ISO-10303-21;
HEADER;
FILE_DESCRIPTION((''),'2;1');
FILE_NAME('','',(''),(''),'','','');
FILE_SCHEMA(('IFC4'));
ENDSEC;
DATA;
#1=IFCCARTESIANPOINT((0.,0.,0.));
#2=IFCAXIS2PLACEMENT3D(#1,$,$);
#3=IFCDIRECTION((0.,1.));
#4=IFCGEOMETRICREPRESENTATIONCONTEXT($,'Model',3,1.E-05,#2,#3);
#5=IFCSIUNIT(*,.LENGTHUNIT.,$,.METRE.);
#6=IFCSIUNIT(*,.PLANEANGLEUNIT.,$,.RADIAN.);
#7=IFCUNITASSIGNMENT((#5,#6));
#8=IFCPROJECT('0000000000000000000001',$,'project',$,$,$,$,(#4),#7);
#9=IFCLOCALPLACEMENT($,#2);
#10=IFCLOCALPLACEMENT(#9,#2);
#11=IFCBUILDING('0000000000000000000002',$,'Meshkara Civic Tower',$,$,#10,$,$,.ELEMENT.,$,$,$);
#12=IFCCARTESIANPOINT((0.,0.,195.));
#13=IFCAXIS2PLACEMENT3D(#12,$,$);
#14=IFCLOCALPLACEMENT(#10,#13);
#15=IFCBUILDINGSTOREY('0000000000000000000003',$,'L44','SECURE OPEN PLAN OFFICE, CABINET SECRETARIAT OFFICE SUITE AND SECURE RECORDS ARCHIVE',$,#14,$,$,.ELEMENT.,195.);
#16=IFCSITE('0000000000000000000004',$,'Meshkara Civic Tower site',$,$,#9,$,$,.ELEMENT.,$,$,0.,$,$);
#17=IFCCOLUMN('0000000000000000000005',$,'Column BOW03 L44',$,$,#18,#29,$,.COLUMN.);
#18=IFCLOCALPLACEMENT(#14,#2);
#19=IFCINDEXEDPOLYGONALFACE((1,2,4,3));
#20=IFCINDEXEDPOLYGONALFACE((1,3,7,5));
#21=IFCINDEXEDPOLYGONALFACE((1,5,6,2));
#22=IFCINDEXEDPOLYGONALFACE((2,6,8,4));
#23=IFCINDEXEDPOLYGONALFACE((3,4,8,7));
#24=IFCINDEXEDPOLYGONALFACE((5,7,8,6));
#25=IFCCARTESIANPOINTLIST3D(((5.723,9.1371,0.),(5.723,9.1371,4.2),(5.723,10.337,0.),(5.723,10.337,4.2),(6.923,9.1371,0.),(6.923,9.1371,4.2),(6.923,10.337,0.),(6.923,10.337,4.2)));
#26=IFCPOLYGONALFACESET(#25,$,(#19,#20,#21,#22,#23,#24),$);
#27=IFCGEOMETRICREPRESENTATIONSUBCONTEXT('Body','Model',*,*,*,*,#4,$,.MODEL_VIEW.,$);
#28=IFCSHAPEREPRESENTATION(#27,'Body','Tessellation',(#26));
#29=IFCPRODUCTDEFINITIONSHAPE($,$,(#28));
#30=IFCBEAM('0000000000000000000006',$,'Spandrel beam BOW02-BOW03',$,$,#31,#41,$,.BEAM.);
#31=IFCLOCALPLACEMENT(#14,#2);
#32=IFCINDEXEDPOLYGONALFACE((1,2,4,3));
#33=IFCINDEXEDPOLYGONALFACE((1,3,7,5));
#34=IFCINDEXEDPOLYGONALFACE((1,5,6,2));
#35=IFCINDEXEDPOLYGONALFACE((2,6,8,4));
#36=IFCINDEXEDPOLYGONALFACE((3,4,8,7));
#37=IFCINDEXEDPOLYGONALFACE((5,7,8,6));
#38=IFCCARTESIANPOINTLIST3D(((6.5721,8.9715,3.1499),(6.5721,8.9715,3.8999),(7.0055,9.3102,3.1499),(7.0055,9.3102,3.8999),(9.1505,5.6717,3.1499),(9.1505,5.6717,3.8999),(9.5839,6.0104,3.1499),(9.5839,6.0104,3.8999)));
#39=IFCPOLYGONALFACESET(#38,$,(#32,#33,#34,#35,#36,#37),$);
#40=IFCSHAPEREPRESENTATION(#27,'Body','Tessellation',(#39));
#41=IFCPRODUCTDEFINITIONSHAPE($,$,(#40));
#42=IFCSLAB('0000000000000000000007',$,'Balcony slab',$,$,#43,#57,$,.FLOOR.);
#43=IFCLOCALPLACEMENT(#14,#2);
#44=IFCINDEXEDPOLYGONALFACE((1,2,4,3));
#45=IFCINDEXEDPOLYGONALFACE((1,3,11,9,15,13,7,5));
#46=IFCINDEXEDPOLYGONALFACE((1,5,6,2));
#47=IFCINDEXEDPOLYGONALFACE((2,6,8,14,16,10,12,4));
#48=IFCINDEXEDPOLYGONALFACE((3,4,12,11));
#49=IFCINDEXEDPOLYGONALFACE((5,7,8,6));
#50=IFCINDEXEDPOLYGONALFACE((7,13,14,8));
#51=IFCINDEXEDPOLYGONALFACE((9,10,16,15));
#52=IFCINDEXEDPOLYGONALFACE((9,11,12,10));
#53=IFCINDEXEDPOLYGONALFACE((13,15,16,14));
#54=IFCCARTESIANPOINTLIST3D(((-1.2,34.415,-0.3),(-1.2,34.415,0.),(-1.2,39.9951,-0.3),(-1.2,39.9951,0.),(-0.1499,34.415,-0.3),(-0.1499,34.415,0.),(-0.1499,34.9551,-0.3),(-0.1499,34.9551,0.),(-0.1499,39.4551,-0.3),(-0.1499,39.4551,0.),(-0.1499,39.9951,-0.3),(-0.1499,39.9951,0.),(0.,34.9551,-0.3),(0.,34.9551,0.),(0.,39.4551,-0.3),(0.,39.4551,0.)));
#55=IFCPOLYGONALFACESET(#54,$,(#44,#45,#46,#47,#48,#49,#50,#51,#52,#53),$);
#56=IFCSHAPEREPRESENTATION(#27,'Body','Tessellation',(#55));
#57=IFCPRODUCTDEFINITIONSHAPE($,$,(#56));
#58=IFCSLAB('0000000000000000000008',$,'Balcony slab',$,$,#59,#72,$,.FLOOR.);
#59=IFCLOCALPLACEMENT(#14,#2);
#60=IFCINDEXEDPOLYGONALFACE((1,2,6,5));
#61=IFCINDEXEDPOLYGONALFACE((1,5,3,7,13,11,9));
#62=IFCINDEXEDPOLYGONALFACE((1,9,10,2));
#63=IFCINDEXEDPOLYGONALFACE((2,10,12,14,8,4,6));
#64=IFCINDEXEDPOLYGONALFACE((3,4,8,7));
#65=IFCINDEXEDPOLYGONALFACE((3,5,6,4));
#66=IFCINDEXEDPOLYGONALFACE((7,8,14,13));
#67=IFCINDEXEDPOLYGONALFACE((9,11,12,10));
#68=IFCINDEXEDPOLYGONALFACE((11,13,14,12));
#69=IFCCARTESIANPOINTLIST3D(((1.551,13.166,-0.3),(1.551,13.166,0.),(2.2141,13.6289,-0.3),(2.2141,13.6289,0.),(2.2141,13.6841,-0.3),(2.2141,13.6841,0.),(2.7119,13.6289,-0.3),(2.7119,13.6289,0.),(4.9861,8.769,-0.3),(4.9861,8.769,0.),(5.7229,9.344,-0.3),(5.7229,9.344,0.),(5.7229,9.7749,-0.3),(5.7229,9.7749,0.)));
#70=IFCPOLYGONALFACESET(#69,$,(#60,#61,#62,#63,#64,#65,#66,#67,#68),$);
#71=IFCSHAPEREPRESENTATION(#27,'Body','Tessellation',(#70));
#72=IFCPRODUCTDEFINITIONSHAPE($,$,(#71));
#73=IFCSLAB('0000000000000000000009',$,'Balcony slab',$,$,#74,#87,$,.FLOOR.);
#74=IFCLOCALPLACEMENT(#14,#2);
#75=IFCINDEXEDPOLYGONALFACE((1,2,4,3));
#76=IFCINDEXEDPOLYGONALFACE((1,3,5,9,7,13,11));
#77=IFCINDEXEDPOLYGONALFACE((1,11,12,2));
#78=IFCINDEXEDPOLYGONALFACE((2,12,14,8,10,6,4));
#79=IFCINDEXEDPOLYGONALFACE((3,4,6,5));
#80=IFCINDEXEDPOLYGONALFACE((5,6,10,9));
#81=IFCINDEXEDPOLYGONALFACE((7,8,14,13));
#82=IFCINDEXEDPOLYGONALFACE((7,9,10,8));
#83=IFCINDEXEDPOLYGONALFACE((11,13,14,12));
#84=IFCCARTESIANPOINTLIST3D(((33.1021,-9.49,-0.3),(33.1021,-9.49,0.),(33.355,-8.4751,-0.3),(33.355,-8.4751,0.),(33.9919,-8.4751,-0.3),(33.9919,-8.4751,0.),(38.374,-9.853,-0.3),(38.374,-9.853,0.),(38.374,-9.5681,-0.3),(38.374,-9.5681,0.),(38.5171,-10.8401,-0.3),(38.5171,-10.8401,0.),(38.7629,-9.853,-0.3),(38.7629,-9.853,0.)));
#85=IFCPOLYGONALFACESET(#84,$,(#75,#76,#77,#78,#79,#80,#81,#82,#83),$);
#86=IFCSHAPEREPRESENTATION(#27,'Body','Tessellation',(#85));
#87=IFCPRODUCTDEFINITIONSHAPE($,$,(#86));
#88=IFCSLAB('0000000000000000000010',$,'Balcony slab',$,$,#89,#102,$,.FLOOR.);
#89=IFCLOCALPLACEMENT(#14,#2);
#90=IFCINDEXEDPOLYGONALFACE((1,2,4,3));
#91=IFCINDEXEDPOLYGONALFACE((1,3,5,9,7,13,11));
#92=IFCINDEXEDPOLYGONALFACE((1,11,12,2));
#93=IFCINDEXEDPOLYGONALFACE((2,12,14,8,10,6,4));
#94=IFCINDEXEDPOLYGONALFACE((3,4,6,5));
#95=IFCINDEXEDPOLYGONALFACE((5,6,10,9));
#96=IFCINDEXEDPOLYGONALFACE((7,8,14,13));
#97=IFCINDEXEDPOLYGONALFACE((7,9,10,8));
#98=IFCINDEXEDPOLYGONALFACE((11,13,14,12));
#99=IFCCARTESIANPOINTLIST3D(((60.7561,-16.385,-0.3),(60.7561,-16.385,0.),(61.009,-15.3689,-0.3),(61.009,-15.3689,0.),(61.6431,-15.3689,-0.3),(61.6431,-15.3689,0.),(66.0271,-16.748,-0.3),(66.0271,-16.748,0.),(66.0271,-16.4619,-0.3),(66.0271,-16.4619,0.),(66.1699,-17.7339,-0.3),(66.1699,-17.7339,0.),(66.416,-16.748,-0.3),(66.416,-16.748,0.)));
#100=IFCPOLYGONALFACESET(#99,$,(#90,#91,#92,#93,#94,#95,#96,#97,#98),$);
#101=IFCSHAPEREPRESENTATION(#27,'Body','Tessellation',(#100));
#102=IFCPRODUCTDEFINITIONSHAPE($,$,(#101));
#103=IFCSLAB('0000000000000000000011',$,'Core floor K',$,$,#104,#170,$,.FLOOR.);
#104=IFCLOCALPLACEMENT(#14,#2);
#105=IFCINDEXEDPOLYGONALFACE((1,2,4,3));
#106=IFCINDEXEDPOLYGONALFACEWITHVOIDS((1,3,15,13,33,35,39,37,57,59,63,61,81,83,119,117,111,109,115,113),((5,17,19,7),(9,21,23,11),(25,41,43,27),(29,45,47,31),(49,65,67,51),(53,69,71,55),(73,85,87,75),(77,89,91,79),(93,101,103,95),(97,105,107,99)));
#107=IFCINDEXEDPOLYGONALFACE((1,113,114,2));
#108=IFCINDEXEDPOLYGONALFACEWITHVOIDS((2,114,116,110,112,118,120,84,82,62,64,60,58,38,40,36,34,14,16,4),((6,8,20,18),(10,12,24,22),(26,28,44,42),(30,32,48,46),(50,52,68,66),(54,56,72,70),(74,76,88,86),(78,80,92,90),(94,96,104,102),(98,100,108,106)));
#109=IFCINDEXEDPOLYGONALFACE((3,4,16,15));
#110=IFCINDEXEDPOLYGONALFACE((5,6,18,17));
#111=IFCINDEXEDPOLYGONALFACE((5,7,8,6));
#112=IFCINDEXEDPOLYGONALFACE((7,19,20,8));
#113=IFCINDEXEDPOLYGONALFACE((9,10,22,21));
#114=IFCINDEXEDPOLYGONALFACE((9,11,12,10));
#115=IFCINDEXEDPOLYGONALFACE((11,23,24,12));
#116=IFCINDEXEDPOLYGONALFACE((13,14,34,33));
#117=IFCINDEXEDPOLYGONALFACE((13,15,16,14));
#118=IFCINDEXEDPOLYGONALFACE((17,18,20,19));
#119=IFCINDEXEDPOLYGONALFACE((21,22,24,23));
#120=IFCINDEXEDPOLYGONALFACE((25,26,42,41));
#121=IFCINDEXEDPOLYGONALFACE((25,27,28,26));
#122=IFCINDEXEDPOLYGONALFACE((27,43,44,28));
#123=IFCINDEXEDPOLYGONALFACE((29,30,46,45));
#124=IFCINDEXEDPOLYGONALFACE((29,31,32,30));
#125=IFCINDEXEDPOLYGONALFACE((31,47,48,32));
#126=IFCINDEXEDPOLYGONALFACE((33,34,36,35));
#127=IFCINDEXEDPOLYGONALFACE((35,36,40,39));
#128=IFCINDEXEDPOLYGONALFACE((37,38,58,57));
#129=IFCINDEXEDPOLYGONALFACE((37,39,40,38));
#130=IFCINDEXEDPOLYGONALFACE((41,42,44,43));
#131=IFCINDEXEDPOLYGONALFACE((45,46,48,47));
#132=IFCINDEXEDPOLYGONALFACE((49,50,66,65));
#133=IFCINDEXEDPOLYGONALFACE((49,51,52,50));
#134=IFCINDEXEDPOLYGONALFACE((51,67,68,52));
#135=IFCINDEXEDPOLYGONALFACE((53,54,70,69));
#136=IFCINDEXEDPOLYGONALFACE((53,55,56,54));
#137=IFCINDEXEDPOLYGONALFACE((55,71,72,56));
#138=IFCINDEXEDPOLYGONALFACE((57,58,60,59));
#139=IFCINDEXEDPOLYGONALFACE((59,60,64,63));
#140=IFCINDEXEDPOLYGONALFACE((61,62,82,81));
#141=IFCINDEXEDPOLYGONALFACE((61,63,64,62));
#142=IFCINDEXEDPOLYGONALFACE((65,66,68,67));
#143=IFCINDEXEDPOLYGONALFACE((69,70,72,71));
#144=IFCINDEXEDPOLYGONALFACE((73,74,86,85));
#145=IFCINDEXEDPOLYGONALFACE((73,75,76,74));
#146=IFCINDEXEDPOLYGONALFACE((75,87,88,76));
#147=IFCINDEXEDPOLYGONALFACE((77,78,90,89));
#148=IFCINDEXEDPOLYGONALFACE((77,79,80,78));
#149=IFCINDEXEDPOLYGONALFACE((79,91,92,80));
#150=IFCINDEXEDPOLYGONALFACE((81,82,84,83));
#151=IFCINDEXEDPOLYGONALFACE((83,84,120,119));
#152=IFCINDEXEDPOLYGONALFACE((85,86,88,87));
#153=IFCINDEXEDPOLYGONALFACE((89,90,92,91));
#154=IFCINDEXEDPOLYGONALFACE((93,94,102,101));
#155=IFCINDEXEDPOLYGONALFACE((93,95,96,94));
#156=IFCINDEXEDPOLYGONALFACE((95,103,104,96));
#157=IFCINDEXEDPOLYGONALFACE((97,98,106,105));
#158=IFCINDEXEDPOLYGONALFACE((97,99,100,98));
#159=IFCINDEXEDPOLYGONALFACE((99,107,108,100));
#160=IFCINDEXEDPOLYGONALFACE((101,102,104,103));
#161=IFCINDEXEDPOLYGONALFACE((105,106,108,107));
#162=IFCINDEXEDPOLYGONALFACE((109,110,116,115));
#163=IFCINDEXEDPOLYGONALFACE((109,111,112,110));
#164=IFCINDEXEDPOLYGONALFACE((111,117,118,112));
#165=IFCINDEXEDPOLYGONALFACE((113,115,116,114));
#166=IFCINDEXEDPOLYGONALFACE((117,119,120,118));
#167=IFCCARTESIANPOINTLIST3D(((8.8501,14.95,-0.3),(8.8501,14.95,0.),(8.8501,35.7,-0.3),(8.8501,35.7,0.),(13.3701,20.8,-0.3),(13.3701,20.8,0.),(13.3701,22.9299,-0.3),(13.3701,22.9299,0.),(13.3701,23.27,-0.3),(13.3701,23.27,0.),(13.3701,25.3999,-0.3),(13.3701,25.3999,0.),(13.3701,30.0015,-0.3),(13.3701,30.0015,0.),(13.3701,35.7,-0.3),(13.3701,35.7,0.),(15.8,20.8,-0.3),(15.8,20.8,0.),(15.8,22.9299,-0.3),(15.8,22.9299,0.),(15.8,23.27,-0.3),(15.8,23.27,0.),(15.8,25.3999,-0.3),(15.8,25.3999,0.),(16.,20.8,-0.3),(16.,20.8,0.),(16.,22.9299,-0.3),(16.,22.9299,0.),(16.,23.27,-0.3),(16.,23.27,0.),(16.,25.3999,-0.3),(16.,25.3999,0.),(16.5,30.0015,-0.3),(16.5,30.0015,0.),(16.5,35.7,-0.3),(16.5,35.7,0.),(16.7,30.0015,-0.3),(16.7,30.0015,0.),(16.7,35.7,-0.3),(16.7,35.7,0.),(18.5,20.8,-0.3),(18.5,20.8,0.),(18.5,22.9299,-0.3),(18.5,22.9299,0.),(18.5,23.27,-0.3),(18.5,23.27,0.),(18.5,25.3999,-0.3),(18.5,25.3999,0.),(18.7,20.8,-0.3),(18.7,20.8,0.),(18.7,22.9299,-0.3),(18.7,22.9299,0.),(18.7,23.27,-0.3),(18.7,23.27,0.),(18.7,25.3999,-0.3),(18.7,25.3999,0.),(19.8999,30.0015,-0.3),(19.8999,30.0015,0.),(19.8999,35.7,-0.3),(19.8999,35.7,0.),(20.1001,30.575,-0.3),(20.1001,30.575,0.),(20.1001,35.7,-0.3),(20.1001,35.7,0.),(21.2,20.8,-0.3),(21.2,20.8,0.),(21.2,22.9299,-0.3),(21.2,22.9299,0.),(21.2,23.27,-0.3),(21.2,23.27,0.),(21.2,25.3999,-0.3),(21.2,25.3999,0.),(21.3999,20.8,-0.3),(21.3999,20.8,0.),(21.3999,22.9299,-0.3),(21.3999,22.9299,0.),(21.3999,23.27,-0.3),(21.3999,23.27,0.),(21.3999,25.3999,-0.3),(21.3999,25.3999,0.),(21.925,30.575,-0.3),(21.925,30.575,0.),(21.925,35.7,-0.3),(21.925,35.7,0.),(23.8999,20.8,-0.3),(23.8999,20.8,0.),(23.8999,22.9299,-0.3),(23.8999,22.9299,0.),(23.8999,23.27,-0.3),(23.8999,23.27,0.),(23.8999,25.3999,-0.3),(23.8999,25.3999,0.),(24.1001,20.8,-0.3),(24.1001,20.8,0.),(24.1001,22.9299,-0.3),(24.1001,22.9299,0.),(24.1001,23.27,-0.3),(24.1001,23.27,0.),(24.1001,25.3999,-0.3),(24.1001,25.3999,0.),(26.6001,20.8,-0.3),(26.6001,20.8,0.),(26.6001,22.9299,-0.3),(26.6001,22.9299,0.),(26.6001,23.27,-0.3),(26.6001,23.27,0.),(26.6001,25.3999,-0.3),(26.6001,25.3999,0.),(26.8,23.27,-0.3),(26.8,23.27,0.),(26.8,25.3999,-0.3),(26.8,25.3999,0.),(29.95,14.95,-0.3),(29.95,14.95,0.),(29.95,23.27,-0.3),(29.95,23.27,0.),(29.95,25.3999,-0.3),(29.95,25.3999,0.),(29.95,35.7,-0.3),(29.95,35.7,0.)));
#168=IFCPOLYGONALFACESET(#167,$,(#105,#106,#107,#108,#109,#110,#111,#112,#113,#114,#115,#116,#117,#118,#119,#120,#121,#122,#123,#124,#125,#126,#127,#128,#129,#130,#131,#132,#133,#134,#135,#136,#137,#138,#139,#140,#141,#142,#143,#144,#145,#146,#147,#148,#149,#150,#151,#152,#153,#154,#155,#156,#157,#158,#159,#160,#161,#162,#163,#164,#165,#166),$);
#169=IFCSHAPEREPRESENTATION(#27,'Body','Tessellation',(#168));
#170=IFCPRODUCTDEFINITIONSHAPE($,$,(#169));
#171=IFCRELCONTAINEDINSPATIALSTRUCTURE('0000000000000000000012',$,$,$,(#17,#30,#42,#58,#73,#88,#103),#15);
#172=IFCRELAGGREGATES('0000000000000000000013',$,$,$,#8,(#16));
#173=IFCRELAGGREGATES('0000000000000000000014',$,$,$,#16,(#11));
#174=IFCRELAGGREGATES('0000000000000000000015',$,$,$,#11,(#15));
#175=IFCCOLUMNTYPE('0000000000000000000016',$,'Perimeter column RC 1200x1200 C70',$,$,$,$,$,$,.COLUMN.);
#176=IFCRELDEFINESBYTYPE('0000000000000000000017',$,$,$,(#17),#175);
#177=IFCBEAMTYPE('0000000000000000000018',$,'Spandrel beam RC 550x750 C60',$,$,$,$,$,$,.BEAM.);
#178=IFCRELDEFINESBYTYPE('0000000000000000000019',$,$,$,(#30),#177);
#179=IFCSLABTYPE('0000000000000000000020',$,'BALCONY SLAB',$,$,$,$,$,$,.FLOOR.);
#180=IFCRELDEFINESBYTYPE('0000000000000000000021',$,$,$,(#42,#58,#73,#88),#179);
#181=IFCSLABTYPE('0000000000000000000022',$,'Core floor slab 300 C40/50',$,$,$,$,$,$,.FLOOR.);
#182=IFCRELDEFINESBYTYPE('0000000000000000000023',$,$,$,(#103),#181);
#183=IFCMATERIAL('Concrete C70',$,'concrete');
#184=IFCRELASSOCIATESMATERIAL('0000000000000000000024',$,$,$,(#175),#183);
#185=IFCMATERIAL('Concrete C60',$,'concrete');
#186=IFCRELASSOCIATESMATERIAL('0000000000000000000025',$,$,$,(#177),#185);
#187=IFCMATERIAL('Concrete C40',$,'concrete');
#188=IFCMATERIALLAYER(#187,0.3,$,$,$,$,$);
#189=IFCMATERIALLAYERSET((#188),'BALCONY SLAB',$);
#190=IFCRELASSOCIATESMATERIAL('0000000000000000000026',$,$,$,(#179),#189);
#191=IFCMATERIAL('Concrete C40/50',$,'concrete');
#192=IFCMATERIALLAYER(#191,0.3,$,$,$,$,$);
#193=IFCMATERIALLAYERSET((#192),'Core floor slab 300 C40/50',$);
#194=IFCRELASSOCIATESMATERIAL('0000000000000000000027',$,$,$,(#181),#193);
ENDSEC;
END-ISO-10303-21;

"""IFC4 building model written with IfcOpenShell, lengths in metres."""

from ifc_helpers import new_model, si_unit, direction, frame, origin, origin_2d, place, context, subcontext, project, spatial, polyline, rectangle, outline, extrude, material, layer, layer_set, material_profile, profile_set, type_object, element, save


model = new_model("IFC4")

# Units and contexts
model_context = context("Model", 3, precision=1e-05, world=origin(), true_north=direction((0.0, 1.0)))
body_context = subcontext(model_context, "Body", "Model", "MODEL_VIEW")
ifc_project = project(units=[si_unit("LENGTHUNIT", "METRE"), si_unit("PLANEANGLEUNIT", "RADIAN")], contexts=[model_context])

# Site, building, storey
site_placement = place(None, origin())
site = spatial("IfcSite", under=ifc_project, at=site_placement, Name="Meshkara Civic Tower site", CompositionType="ELEMENT", RefElevation=0.0)
building_placement = place(site_placement, origin())
building = spatial("IfcBuilding", under=site, at=building_placement, Name="Meshkara Civic Tower", CompositionType="ELEMENT")
storey_placement = place(building_placement, frame((0.0, 0.0, 195.0)))
storey = spatial("IfcBuildingStorey", under=building, at=storey_placement, Name="L44", Description="SECURE OPEN PLAN OFFICE, CABINET SECRETARIAT OFFICE SUITE AND SECURE RECORDS ARCHIVE", CompositionType="ELEMENT", Elevation=195.0)

# Column
ifc_material_1 = material(Name="Concrete C70", Category="concrete")
ifc_material_profile_1 = material_profile(ifc_material_1, rectangle(XDim=1.2, YDim=1.2, at=origin_2d()))
ifc_profile_set_1 = profile_set([ifc_material_profile_1], Name="Concrete C70")
column_type = type_object("IfcColumnType", Name="Perimeter column RC 1200x1200 C70", PredefinedType="COLUMN", material=ifc_profile_set_1)
column_placement = place(storey_placement, frame((6.323, 9.7371, 0.0), z_axis=(0.0, 0.0, 1.0), x_axis=(1.0, 0.0, 0.0)))
element("IfcColumn", 1, at=column_placement, inside=storey, type_object=column_type, Name="Column BOW03 L44", PredefinedType="COLUMN", context=body_context, shape_type="SweptSolid", body=[
    extrude(rectangle(XDim=1.2, YDim=1.2, at=origin_2d()), origin(), (0.0, 0.0, 1.0), 4.2),
])

# Beam
ifc_material_2 = material(Name="Concrete C60", Category="concrete")
ifc_material_profile_2 = material_profile(ifc_material_2, rectangle(XDim=0.55, YDim=0.75, at=origin_2d()))
ifc_profile_set_2 = profile_set([ifc_material_profile_2], Name="Concrete C60")
beam_type = type_object("IfcBeamType", Name="Spandrel beam RC 550x750 C60", PredefinedType="BEAM", material=ifc_profile_set_2)
beam_placement = place(storey_placement, frame((6.7888, 9.1409, 3.5249), z_axis=(0.615703, -0.787978, 0.0), x_axis=(0.787978, 0.615703, 0.0)))
element("IfcBeam", 2, at=beam_placement, inside=storey, type_object=beam_type, Name="Spandrel beam BOW02-BOW03", PredefinedType="BEAM", context=body_context, shape_type="SweptSolid", body=[
    extrude(rectangle(XDim=0.55, YDim=0.75, at=origin_2d()), origin(), (0.0, 0.0, 1.0), 4.1877),
])

# Slabs
ifc_material_3 = material(Name="Concrete C40", Category="concrete")
ifc_layer_1 = layer(ifc_material_3, 0.3)
ifc_layer_set_1 = layer_set([ifc_layer_1], Name="BALCONY SLAB")
slab_type_1 = type_object("IfcSlabType", Name="BALCONY SLAB", PredefinedType="FLOOR", material=ifc_layer_set_1)
slab_1_placement = place(storey_placement, frame((0.0, 0.0, -0.3)))
element("IfcSlab", 3, at=slab_1_placement, inside=storey, type_object=slab_type_1, Name="Balcony slab", PredefinedType="FLOOR", context=body_context, shape_type="SweptSolid", body=[
    extrude(outline(polyline([(-1.2, 34.415), (-1.2, 39.9951), (-0.1499, 39.9951), (-0.1499, 39.4551), (0.0, 39.4551), (0.0, 34.9551), (-0.1499, 34.9551), (-0.1499, 34.415), (-1.2, 34.415)])), origin(), (0.0, 0.0, 1.0), 0.3),
])
slab_2_placement = place(storey_placement, frame((0.0, 0.0, -0.3)))
element("IfcSlab", 4, at=slab_2_placement, inside=storey, type_object=slab_type_1, Name="Balcony slab", PredefinedType="FLOOR", context=body_context, shape_type="SweptSolid", body=[
    extrude(outline(polyline([(4.9861, 8.769), (1.551, 13.166), (2.2141, 13.6841), (2.2141, 13.6289), (2.7119, 13.6289), (5.7229, 9.7749), (5.7229, 9.344), (4.9861, 8.769)])), origin(), (0.0, 0.0, 1.0), 0.3),
])
slab_3_placement = place(storey_placement, frame((0.0, 0.0, -0.3)))
element("IfcSlab", 5, at=slab_3_placement, inside=storey, type_object=slab_type_1, Name="Balcony slab", PredefinedType="FLOOR", context=body_context, shape_type="SweptSolid", body=[
    extrude(outline(polyline([(38.5171, -10.8401), (33.1021, -9.49), (33.355, -8.4751), (33.9919, -8.4751), (38.374, -9.5681), (38.374, -9.853), (38.7629, -9.853), (38.5171, -10.8401)])), origin(), (0.0, 0.0, 1.0), 0.3),
])
slab_4_placement = place(storey_placement, frame((0.0, 0.0, -0.3)))
element("IfcSlab", 6, at=slab_4_placement, inside=storey, type_object=slab_type_1, Name="Balcony slab", PredefinedType="FLOOR", context=body_context, shape_type="SweptSolid", body=[
    extrude(outline(polyline([(66.1699, -17.7339), (60.7561, -16.385), (61.009, -15.3689), (61.6431, -15.3689), (66.0271, -16.4619), (66.0271, -16.748), (66.416, -16.748), (66.1699, -17.7339)])), origin(), (0.0, 0.0, 1.0), 0.3),
])
ifc_material_4 = material(Name="Concrete C40/50", Category="concrete")
ifc_layer_2 = layer(ifc_material_4, 0.3)
ifc_layer_set_2 = layer_set([ifc_layer_2], Name="Core floor slab 300 C40/50")
slab_type_2 = type_object("IfcSlabType", Name="Core floor slab 300 C40/50", PredefinedType="FLOOR", material=ifc_layer_set_2)
slab_5_placement = place(storey_placement, frame((0.0, 0.0, -0.3)))
element("IfcSlab", 7, at=slab_5_placement, inside=storey, type_object=slab_type_2, Name="Core floor K", PredefinedType="FLOOR", context=body_context, shape_type="SweptSolid", body=[
    extrude(outline(polyline([(8.8501, 35.7), (13.3701, 35.7), (13.3701, 30.0015), (16.5, 30.0015), (16.5, 35.7), (16.7, 35.7), (16.7, 30.0015), (19.8999, 30.0015), (19.8999, 35.7), (20.1001, 35.7), (20.1001, 30.575), (21.925, 30.575), (21.925, 35.7), (29.95, 35.7), (29.95, 25.3999), (26.8, 25.3999), (26.8, 23.27), (29.95, 23.27), (29.95, 14.95), (8.8501, 14.95), (8.8501, 35.7)]), holes=[polyline([(15.8, 22.9299), (13.3701, 22.9299), (13.3701, 20.8), (15.8, 20.8), (15.8, 22.9299)]), polyline([(16.0, 22.9299), (16.0, 20.8), (18.5, 20.8), (18.5, 22.9299), (16.0, 22.9299)]), polyline([(18.7, 22.9299), (18.7, 20.8), (21.2, 20.8), (21.2, 22.9299), (18.7, 22.9299)]), polyline([(15.8, 23.27), (15.8, 25.3999), (13.3701, 25.3999), (13.3701, 23.27), (15.8, 23.27)]), polyline([(16.0, 25.3999), (16.0, 23.27), (18.5, 23.27), (18.5, 25.3999), (16.0, 25.3999)]), polyline([(23.8999, 20.8), (23.8999, 22.9299), (21.3999, 22.9299), (21.3999, 20.8), (23.8999, 20.8)]), polyline([(24.1001, 20.8), (26.6001, 20.8), (26.6001, 22.9299), (24.1001, 22.9299), (24.1001, 20.8)]), polyline([(18.7, 25.3999), (18.7, 23.27), (21.2, 23.27), (21.2, 25.3999), (18.7, 25.3999)]), polyline([(21.3999, 23.27), (23.8999, 23.27), (23.8999, 25.3999), (21.3999, 25.3999), (21.3999, 23.27)]), polyline([(24.1001, 23.27), (26.6001, 23.27), (26.6001, 25.3999), (24.1001, 25.3999), (24.1001, 23.27)])]), origin(), (0.0, 0.0, 1.0), 0.3),
])

save(model, "model.ifc")
